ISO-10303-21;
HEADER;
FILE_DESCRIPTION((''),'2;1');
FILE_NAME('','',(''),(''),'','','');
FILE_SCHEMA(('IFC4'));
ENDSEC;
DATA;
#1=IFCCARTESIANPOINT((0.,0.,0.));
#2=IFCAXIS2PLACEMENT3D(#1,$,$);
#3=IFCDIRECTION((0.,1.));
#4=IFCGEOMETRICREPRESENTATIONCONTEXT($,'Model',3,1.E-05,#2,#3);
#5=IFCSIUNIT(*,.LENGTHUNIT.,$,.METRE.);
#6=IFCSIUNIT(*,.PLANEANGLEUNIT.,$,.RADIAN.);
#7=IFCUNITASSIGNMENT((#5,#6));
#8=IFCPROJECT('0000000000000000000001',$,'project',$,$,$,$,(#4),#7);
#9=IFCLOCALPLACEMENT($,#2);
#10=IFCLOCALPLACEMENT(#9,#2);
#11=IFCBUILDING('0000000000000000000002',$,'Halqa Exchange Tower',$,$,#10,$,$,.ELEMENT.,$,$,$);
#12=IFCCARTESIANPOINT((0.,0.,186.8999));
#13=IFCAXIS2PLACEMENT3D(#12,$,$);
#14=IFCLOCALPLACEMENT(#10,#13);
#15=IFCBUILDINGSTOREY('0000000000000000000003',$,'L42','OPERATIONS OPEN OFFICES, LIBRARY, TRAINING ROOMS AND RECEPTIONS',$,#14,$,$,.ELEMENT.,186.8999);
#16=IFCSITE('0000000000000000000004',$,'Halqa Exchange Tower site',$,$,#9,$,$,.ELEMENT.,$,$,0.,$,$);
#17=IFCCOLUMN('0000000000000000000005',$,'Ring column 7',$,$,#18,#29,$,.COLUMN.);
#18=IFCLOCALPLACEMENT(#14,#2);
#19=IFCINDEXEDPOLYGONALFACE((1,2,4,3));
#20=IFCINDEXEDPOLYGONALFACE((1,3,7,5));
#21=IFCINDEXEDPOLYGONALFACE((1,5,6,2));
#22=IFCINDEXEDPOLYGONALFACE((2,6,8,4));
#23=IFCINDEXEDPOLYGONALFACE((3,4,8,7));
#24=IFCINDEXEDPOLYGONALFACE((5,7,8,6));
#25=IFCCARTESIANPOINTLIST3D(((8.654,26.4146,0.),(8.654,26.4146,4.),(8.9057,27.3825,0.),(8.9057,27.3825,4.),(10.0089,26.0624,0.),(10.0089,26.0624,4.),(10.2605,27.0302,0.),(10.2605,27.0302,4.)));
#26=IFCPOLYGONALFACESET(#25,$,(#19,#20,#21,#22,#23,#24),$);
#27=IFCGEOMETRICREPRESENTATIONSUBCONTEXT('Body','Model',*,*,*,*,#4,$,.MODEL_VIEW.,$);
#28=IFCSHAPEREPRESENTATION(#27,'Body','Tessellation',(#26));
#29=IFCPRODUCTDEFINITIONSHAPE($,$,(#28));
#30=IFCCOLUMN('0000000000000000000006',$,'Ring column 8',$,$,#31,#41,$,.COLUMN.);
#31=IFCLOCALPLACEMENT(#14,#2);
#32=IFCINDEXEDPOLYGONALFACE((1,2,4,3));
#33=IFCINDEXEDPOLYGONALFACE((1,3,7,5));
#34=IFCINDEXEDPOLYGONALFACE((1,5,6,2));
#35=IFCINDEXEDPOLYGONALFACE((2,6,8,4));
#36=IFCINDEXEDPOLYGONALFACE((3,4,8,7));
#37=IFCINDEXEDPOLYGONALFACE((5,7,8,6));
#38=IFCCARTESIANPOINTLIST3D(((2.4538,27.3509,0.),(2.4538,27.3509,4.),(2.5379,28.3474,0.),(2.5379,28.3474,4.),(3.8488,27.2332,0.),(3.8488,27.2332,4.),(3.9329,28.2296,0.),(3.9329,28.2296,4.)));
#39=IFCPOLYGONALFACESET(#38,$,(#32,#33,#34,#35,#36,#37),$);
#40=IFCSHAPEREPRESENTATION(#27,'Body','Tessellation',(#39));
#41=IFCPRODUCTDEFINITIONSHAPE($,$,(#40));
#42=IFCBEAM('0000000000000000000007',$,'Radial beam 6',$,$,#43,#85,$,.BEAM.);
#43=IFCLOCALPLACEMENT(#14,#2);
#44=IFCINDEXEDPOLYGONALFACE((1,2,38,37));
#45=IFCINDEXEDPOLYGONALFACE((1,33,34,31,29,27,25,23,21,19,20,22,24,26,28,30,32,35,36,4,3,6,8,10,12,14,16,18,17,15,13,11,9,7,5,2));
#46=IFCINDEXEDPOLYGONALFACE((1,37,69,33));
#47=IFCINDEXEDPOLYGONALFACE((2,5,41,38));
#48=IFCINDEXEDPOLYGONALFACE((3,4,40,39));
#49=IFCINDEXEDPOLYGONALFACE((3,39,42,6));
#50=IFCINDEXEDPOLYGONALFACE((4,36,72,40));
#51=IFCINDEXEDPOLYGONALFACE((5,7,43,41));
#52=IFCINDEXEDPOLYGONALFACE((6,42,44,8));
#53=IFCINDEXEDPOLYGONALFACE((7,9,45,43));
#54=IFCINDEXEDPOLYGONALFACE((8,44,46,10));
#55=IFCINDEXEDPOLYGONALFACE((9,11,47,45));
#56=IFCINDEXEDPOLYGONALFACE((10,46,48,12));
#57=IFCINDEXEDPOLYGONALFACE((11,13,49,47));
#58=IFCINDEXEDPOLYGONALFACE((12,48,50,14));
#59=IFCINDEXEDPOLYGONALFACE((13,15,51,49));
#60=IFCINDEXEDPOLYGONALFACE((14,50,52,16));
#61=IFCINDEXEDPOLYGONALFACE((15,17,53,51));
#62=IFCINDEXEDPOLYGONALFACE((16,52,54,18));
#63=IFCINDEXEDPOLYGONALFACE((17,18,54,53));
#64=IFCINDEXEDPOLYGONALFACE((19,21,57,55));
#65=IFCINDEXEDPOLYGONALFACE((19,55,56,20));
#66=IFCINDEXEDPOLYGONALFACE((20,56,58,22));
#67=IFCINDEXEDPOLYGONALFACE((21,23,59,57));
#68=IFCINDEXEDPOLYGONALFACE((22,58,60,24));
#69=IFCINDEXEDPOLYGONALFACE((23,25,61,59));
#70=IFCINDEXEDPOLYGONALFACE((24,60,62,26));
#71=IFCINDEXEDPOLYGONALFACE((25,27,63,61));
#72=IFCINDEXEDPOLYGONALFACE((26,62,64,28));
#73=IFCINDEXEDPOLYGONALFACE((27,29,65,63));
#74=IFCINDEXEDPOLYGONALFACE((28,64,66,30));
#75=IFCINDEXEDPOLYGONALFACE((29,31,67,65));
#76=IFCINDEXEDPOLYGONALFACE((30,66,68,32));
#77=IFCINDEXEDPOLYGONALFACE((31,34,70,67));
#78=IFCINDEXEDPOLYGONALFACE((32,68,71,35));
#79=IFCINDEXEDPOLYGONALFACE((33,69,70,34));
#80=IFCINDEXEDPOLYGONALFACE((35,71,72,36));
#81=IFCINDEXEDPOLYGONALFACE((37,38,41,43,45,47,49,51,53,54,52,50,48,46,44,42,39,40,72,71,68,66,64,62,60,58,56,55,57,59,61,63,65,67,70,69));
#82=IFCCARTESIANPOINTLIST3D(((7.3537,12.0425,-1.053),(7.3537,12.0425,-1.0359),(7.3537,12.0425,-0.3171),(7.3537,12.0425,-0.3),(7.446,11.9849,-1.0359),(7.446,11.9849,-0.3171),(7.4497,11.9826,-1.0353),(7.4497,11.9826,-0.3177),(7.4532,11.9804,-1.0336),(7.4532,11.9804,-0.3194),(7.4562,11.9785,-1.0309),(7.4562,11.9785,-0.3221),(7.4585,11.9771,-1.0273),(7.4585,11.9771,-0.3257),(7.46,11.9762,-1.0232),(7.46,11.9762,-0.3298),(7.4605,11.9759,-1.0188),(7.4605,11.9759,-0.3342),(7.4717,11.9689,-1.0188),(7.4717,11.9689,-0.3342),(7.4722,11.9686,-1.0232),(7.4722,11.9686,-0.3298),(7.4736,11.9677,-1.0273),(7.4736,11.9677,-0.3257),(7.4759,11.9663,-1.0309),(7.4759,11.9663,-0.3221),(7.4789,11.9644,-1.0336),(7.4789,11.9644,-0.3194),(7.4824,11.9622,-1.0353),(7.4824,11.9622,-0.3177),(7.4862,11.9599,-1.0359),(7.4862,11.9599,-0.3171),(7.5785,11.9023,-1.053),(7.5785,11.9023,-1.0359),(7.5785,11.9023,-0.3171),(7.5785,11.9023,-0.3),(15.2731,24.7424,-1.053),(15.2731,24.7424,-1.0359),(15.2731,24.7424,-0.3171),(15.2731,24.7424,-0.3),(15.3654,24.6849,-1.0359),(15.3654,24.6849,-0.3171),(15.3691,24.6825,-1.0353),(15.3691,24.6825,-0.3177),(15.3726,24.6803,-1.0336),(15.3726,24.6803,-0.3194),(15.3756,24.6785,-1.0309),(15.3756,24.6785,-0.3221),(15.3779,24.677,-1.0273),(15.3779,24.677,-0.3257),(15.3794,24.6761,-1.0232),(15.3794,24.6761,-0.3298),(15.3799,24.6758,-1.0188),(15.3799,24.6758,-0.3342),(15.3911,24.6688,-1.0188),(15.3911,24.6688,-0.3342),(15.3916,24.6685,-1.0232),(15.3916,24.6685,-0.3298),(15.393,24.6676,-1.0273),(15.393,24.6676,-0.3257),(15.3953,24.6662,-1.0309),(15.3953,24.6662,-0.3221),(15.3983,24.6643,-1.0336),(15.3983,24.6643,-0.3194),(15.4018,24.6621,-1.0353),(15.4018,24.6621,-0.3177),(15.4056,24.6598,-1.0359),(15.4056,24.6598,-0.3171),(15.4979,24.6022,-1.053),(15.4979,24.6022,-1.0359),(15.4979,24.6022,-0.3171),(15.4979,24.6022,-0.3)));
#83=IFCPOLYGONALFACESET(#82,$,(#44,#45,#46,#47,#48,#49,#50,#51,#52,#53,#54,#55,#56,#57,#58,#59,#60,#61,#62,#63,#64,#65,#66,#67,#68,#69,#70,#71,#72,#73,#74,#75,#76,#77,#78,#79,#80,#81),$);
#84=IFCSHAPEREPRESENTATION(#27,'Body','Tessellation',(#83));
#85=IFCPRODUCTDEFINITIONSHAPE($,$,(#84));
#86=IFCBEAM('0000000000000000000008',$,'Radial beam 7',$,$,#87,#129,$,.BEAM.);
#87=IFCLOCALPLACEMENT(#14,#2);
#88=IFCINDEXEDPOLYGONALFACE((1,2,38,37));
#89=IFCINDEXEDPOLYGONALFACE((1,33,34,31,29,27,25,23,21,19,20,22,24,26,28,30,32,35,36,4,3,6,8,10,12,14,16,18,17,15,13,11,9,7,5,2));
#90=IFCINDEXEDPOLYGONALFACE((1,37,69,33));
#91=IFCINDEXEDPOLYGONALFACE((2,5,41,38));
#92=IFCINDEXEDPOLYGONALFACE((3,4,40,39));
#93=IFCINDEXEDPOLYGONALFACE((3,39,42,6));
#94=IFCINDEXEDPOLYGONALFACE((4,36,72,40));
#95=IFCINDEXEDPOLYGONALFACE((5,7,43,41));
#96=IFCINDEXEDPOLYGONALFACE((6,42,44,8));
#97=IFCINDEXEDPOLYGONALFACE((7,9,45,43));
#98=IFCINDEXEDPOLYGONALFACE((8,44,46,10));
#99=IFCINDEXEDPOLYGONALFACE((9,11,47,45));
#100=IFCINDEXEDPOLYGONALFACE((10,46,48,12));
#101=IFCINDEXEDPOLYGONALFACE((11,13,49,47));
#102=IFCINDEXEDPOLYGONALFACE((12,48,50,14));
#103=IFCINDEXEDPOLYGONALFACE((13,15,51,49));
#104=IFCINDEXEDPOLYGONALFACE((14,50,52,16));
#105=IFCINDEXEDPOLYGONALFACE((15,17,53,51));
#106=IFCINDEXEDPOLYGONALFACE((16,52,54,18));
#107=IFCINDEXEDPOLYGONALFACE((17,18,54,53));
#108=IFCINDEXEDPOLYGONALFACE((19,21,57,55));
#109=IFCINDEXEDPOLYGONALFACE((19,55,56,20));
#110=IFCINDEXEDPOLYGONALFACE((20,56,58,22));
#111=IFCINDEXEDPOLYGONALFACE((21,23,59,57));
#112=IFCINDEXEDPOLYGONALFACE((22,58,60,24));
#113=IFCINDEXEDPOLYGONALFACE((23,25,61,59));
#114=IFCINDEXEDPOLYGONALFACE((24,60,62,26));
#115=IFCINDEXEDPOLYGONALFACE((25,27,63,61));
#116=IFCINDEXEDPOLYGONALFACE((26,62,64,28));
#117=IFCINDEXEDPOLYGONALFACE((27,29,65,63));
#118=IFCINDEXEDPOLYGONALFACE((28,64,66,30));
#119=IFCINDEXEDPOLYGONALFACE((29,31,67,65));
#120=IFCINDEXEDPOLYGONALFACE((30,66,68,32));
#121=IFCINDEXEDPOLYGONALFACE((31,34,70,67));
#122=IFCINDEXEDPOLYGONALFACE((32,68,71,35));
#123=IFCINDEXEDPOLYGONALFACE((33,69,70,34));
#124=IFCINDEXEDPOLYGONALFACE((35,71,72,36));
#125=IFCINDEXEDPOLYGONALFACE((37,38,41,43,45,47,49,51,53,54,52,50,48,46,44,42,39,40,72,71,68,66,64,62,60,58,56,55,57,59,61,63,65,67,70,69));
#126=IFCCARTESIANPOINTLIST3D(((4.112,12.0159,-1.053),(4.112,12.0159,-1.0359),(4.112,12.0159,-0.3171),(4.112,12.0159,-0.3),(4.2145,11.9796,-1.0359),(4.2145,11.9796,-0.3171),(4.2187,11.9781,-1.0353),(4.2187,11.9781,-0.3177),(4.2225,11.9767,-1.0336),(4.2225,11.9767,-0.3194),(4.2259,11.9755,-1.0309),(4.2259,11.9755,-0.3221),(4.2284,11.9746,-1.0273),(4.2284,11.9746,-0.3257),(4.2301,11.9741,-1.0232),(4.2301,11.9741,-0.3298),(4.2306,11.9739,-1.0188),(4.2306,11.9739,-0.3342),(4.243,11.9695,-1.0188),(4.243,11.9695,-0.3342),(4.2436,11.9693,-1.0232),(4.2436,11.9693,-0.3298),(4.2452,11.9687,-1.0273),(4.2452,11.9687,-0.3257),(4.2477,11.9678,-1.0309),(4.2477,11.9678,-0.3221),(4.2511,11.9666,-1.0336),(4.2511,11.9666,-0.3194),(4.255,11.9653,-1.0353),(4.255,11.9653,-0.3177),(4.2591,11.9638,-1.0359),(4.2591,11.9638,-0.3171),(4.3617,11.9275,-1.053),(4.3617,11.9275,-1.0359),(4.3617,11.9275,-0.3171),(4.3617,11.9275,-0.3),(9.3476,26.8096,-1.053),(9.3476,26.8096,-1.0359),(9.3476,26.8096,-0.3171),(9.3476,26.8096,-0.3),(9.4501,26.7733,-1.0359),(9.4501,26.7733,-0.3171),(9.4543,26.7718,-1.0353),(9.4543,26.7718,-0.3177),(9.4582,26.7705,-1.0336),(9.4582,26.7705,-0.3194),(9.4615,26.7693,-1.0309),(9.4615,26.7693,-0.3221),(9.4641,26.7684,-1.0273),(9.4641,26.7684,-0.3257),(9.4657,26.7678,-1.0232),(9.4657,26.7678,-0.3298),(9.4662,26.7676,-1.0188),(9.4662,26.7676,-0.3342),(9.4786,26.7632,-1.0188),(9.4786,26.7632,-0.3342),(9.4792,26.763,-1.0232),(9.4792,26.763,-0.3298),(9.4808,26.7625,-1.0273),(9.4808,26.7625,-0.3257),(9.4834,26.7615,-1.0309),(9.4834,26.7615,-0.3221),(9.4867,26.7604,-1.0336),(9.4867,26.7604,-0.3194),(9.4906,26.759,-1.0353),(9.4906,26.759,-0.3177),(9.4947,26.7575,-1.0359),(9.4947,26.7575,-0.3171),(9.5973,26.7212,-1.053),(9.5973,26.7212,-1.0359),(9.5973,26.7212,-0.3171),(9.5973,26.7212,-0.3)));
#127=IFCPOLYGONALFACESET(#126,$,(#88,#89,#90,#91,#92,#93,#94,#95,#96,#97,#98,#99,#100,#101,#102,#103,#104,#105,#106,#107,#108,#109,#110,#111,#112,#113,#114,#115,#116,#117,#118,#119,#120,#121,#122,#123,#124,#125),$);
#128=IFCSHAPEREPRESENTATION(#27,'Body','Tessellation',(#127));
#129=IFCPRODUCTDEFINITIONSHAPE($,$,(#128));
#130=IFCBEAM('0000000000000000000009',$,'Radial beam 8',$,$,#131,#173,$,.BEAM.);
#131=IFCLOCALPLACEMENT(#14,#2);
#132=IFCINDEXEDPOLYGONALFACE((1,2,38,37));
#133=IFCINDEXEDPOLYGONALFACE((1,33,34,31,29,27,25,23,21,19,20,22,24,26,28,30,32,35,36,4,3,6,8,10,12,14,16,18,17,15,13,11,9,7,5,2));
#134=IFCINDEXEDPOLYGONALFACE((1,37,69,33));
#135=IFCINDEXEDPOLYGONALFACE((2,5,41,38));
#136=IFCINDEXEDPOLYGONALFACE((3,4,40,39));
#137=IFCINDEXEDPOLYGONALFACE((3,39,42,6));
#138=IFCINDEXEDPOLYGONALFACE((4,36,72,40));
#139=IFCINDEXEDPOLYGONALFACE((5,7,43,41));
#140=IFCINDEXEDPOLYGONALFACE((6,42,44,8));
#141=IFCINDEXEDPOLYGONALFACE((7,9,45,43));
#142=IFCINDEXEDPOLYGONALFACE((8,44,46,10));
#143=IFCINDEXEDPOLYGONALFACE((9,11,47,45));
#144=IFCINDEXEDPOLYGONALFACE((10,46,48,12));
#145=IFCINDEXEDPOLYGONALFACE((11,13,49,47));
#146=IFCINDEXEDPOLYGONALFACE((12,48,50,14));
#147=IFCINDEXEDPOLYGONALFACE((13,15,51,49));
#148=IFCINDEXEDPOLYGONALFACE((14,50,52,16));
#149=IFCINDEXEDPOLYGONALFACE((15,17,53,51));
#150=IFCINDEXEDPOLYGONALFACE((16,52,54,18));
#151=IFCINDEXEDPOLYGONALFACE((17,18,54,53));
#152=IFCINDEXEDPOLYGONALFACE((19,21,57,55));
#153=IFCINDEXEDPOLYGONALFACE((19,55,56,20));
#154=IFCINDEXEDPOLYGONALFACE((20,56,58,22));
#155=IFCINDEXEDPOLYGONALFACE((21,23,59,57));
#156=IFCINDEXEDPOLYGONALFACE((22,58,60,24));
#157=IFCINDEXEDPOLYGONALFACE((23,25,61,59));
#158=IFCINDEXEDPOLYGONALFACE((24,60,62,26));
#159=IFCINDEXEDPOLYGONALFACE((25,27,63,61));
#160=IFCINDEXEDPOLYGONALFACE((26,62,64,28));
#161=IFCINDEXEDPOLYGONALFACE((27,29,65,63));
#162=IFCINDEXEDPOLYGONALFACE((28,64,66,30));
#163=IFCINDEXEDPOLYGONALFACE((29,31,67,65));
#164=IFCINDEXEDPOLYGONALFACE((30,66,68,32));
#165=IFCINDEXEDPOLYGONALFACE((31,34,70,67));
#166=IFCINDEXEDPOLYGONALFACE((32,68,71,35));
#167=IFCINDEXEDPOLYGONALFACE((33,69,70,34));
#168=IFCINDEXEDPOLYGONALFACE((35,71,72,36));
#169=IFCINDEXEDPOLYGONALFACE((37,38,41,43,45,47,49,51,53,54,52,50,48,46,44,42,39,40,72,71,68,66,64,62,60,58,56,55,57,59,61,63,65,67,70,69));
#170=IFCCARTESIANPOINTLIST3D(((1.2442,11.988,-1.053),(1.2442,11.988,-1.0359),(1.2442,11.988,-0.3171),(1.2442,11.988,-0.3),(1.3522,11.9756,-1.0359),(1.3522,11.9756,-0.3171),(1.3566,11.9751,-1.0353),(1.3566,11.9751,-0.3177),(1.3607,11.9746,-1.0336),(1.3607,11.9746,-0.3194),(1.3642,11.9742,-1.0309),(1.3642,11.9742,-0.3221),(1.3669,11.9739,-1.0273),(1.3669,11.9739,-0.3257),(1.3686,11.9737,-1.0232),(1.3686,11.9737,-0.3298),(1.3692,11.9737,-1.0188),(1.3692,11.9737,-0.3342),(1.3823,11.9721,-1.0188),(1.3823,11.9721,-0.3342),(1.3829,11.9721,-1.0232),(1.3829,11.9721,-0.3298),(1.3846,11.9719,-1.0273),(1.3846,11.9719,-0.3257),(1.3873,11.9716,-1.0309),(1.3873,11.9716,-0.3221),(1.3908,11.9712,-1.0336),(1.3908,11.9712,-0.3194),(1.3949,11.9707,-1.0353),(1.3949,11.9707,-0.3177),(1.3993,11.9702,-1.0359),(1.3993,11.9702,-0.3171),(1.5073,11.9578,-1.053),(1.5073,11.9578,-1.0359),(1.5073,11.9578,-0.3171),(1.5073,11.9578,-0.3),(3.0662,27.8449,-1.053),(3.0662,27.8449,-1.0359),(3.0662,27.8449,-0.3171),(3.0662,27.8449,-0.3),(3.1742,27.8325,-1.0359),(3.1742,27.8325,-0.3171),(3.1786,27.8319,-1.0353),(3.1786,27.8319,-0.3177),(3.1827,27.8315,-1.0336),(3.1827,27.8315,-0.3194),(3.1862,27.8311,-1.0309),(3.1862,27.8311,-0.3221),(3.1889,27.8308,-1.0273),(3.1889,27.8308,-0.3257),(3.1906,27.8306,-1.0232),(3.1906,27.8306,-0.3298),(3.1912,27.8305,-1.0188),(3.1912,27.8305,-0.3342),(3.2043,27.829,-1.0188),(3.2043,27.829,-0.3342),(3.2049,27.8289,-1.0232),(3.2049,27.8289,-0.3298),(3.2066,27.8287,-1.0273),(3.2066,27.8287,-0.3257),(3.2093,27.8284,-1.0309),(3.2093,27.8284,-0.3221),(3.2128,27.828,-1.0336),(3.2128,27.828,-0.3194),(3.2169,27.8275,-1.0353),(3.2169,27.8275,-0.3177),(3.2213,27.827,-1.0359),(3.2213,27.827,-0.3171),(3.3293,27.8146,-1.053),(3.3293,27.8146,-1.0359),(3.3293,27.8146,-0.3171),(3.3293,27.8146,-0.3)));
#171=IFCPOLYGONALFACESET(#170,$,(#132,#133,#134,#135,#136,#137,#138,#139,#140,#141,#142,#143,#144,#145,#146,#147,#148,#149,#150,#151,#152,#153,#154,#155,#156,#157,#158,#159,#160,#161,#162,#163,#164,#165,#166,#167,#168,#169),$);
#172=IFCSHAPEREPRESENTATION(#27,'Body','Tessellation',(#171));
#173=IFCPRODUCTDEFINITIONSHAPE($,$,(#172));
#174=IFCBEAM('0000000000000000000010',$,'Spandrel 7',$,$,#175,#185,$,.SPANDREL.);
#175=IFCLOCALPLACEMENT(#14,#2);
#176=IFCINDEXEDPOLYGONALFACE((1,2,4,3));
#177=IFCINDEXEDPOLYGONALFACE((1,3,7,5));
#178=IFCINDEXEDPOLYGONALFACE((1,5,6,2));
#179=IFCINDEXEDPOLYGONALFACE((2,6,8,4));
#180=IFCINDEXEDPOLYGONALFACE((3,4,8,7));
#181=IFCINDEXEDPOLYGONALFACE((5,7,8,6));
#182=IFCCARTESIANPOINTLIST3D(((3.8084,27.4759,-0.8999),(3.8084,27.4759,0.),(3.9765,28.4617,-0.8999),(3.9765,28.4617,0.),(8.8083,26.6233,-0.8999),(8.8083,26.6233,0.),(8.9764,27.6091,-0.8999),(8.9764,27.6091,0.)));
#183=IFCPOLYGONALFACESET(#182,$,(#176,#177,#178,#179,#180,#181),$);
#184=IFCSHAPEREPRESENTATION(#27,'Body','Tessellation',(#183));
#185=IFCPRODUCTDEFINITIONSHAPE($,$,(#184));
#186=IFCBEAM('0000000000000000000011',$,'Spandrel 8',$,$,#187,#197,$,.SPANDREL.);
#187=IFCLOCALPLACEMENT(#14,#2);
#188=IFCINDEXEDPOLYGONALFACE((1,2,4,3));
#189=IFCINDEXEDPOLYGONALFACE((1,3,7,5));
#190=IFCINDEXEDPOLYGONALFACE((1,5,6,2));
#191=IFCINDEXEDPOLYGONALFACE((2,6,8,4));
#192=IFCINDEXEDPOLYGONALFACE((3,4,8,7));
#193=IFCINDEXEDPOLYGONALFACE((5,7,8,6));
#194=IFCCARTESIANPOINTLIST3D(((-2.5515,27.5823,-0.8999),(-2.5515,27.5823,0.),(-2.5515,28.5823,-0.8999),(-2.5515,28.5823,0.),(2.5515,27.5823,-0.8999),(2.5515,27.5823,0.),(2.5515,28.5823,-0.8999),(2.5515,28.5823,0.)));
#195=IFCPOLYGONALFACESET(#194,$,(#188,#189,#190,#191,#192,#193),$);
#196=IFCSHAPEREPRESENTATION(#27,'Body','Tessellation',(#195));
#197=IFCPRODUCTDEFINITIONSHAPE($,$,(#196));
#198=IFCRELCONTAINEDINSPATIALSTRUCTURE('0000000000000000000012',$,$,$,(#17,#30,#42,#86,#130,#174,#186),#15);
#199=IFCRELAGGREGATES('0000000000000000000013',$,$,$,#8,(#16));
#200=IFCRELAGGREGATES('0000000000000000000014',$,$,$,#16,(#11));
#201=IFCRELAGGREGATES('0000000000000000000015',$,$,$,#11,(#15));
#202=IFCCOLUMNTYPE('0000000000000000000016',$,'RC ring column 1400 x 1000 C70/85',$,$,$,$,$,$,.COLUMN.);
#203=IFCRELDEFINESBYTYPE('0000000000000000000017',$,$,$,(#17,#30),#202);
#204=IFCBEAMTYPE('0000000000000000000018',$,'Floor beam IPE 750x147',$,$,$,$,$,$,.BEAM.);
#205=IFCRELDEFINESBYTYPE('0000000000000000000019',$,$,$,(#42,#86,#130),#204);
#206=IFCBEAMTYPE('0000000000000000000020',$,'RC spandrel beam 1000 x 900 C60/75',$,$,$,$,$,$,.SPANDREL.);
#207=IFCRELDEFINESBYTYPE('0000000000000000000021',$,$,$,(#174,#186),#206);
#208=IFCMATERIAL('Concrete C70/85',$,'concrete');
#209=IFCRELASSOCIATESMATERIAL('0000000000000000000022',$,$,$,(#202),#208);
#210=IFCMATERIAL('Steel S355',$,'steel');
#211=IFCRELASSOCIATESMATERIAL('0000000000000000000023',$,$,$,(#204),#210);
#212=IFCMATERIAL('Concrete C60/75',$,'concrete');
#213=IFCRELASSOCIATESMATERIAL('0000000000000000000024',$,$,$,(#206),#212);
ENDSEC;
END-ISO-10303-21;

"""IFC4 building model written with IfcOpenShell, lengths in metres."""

from ifc_helpers import new_model, si_unit, direction, frame, origin, origin_2d, place, context, subcontext, project, spatial, rectangle, i_section, extrude, material, material_profile, profile_set, type_object, element, save


model = new_model("IFC4")

# Units and contexts
model_context = context("Model", 3, precision=1e-05, world=origin(), true_north=direction((0.0, 1.0)))
body_context = subcontext(model_context, "Body", "Model", "MODEL_VIEW")
ifc_project = project(units=[si_unit("LENGTHUNIT", "METRE"), si_unit("PLANEANGLEUNIT", "RADIAN")], contexts=[model_context])

# Site, building, storey
site_placement = place(None, origin())
site = spatial("IfcSite", under=ifc_project, at=site_placement, Name="Halqa Exchange Tower site", CompositionType="ELEMENT", RefElevation=0.0)
building_placement = place(site_placement, origin())
building = spatial("IfcBuilding", under=site, at=building_placement, Name="Halqa Exchange Tower", CompositionType="ELEMENT")
storey_placement = place(building_placement, frame((0.0, 0.0, 186.8999)))
storey = spatial("IfcBuildingStorey", under=building, at=storey_placement, Name="L42", Description="OPERATIONS OPEN OFFICES, LIBRARY, TRAINING ROOMS AND RECEPTIONS", CompositionType="ELEMENT", Elevation=186.8999)

# Columns
ifc_material_1 = material(Name="Concrete C70/85", Category="concrete")
ifc_material_profile_1 = material_profile(ifc_material_1, rectangle(XDim=1.3999, YDim=1.0, at=origin_2d()), Name="1400 x 1000")
ifc_profile_set_1 = profile_set([ifc_material_profile_1], Name="Concrete C70/85")
column_type = type_object("IfcColumnType", Name="RC ring column 1400 x 1000 C70/85", PredefinedType="COLUMN", material=ifc_profile_set_1)
for number, where, z_axis, x_axis, name in (
    (1, (9.4573, 26.7224, 0.0), (0.0, 0.0, 1.0), (-0.967821, 0.25164, 0.0), "Ring column 7"),
    (2, (3.1934, 27.7903, 0.0), (0.0, 0.0, 1.0), (-0.996456, 0.084116, 0.0), "Ring column 8"),
):
    element("IfcColumn", number, at=place(storey_placement, frame(where, z_axis=z_axis, x_axis=x_axis)), inside=storey, type_object=column_type, Name=name, PredefinedType="COLUMN", context=body_context, shape_type="SweptSolid", body=[
        extrude(rectangle(XDim=1.3999, YDim=1.0, at=origin_2d()), origin(), (0.0, 0.0, 1.0), 4.0),
    ])

# Beams
ifc_material_2 = material(Name="Steel S355", Category="steel")
ifc_material_profile_2 = material_profile(ifc_material_2, i_section(OverallWidth=0.2649, OverallDepth=0.7529, WebThickness=0.0132, FlangeThickness=0.0171, FilletRadius=0.0171, at=origin_2d()), Name="IPE 750x147")
ifc_profile_set_2 = profile_set([ifc_material_profile_2], Name="Steel S355")
beam_type_1 = type_object("IfcBeamType", Name="Floor beam IPE 750x147", PredefinedType="BEAM", material=ifc_profile_set_2)
beam_1_placement = place(storey_placement, frame((7.4661, 11.9724, -0.6765), z_axis=(0.529132, 0.848539, 0.0), x_axis=(-0.848539, 0.529132, 0.0)))
element("IfcBeam", 3, at=beam_1_placement, inside=storey, type_object=beam_type_1, Name="Radial beam 6", PredefinedType="BEAM", context=body_context, shape_type="SweptSolid", body=[
    extrude(i_section(OverallWidth=0.2649, OverallDepth=0.7529, WebThickness=0.0132, FlangeThickness=0.0171, FilletRadius=0.0171, at=origin_2d()), origin(), (0.0, 0.0, 1.0), 14.9668),
])
beam_2_placement = place(storey_placement, frame((4.2368, 11.9717, -0.6765), z_axis=(0.33363, 0.942704, 0.0), x_axis=(-0.942704, 0.33363, 0.0)))
element("IfcBeam", 4, at=beam_2_placement, inside=storey, type_object=beam_type_1, Name="Radial beam 7", PredefinedType="BEAM", context=body_context, shape_type="SweptSolid", body=[
    extrude(i_section(OverallWidth=0.2649, OverallDepth=0.7529, WebThickness=0.0132, FlangeThickness=0.0171, FilletRadius=0.0171, at=origin_2d()), origin(), (0.0, 0.0, 1.0), 15.6929),
])
beam_3_placement = place(storey_placement, frame((1.3757, 11.9729, -0.6765), z_axis=(0.114153, 0.993463, 0.0), x_axis=(-0.993463, 0.114153, 0.0)))
element("IfcBeam", 5, at=beam_3_placement, inside=storey, type_object=beam_type_1, Name="Radial beam 8", PredefinedType="BEAM", context=body_context, shape_type="SweptSolid", body=[
    extrude(i_section(OverallWidth=0.2649, OverallDepth=0.7529, WebThickness=0.0132, FlangeThickness=0.0171, FilletRadius=0.0171, at=origin_2d()), origin(), (0.0, 0.0, 1.0), 15.9612),
])
ifc_material_3 = material(Name="Concrete C60/75", Category="concrete")
ifc_material_profile_3 = material_profile(ifc_material_3, rectangle(XDim=1.0, YDim=0.8999, at=origin_2d()), Name="1000 x 900")
ifc_profile_set_3 = profile_set([ifc_material_profile_3], Name="Concrete C60/75")
beam_type_2 = type_object("IfcBeamType", Name="RC spandrel beam 1000 x 900 C60/75", PredefinedType="SPANDREL", material=ifc_profile_set_3)
beam_4_placement = place(storey_placement, frame((8.8923, 27.1162, -0.45), z_axis=(-0.985772, 0.16809, 0.0), x_axis=(-0.16809, -0.985772, 0.0)))
element("IfcBeam", 6, at=beam_4_placement, inside=storey, type_object=beam_type_2, Name="Spandrel 7", PredefinedType="SPANDREL", context=body_context, shape_type="SweptSolid", body=[
    extrude(rectangle(XDim=1.0, YDim=0.8999, at=origin_2d()), origin(), (0.0, 0.0, 1.0), 5.072),
])
beam_5_placement = place(storey_placement, frame((2.5515, 28.0823, -0.45), z_axis=(-1.0, 0.0, 0.0), x_axis=(0.0, -1.0, 0.0)))
element("IfcBeam", 7, at=beam_5_placement, inside=storey, type_object=beam_type_2, Name="Spandrel 8", PredefinedType="SPANDREL", context=body_context, shape_type="SweptSolid", body=[
    extrude(rectangle(XDim=1.0, YDim=0.8999, at=origin_2d()), origin(), (0.0, 0.0, 1.0), 5.103),
])

save(model, "model.ifc")
